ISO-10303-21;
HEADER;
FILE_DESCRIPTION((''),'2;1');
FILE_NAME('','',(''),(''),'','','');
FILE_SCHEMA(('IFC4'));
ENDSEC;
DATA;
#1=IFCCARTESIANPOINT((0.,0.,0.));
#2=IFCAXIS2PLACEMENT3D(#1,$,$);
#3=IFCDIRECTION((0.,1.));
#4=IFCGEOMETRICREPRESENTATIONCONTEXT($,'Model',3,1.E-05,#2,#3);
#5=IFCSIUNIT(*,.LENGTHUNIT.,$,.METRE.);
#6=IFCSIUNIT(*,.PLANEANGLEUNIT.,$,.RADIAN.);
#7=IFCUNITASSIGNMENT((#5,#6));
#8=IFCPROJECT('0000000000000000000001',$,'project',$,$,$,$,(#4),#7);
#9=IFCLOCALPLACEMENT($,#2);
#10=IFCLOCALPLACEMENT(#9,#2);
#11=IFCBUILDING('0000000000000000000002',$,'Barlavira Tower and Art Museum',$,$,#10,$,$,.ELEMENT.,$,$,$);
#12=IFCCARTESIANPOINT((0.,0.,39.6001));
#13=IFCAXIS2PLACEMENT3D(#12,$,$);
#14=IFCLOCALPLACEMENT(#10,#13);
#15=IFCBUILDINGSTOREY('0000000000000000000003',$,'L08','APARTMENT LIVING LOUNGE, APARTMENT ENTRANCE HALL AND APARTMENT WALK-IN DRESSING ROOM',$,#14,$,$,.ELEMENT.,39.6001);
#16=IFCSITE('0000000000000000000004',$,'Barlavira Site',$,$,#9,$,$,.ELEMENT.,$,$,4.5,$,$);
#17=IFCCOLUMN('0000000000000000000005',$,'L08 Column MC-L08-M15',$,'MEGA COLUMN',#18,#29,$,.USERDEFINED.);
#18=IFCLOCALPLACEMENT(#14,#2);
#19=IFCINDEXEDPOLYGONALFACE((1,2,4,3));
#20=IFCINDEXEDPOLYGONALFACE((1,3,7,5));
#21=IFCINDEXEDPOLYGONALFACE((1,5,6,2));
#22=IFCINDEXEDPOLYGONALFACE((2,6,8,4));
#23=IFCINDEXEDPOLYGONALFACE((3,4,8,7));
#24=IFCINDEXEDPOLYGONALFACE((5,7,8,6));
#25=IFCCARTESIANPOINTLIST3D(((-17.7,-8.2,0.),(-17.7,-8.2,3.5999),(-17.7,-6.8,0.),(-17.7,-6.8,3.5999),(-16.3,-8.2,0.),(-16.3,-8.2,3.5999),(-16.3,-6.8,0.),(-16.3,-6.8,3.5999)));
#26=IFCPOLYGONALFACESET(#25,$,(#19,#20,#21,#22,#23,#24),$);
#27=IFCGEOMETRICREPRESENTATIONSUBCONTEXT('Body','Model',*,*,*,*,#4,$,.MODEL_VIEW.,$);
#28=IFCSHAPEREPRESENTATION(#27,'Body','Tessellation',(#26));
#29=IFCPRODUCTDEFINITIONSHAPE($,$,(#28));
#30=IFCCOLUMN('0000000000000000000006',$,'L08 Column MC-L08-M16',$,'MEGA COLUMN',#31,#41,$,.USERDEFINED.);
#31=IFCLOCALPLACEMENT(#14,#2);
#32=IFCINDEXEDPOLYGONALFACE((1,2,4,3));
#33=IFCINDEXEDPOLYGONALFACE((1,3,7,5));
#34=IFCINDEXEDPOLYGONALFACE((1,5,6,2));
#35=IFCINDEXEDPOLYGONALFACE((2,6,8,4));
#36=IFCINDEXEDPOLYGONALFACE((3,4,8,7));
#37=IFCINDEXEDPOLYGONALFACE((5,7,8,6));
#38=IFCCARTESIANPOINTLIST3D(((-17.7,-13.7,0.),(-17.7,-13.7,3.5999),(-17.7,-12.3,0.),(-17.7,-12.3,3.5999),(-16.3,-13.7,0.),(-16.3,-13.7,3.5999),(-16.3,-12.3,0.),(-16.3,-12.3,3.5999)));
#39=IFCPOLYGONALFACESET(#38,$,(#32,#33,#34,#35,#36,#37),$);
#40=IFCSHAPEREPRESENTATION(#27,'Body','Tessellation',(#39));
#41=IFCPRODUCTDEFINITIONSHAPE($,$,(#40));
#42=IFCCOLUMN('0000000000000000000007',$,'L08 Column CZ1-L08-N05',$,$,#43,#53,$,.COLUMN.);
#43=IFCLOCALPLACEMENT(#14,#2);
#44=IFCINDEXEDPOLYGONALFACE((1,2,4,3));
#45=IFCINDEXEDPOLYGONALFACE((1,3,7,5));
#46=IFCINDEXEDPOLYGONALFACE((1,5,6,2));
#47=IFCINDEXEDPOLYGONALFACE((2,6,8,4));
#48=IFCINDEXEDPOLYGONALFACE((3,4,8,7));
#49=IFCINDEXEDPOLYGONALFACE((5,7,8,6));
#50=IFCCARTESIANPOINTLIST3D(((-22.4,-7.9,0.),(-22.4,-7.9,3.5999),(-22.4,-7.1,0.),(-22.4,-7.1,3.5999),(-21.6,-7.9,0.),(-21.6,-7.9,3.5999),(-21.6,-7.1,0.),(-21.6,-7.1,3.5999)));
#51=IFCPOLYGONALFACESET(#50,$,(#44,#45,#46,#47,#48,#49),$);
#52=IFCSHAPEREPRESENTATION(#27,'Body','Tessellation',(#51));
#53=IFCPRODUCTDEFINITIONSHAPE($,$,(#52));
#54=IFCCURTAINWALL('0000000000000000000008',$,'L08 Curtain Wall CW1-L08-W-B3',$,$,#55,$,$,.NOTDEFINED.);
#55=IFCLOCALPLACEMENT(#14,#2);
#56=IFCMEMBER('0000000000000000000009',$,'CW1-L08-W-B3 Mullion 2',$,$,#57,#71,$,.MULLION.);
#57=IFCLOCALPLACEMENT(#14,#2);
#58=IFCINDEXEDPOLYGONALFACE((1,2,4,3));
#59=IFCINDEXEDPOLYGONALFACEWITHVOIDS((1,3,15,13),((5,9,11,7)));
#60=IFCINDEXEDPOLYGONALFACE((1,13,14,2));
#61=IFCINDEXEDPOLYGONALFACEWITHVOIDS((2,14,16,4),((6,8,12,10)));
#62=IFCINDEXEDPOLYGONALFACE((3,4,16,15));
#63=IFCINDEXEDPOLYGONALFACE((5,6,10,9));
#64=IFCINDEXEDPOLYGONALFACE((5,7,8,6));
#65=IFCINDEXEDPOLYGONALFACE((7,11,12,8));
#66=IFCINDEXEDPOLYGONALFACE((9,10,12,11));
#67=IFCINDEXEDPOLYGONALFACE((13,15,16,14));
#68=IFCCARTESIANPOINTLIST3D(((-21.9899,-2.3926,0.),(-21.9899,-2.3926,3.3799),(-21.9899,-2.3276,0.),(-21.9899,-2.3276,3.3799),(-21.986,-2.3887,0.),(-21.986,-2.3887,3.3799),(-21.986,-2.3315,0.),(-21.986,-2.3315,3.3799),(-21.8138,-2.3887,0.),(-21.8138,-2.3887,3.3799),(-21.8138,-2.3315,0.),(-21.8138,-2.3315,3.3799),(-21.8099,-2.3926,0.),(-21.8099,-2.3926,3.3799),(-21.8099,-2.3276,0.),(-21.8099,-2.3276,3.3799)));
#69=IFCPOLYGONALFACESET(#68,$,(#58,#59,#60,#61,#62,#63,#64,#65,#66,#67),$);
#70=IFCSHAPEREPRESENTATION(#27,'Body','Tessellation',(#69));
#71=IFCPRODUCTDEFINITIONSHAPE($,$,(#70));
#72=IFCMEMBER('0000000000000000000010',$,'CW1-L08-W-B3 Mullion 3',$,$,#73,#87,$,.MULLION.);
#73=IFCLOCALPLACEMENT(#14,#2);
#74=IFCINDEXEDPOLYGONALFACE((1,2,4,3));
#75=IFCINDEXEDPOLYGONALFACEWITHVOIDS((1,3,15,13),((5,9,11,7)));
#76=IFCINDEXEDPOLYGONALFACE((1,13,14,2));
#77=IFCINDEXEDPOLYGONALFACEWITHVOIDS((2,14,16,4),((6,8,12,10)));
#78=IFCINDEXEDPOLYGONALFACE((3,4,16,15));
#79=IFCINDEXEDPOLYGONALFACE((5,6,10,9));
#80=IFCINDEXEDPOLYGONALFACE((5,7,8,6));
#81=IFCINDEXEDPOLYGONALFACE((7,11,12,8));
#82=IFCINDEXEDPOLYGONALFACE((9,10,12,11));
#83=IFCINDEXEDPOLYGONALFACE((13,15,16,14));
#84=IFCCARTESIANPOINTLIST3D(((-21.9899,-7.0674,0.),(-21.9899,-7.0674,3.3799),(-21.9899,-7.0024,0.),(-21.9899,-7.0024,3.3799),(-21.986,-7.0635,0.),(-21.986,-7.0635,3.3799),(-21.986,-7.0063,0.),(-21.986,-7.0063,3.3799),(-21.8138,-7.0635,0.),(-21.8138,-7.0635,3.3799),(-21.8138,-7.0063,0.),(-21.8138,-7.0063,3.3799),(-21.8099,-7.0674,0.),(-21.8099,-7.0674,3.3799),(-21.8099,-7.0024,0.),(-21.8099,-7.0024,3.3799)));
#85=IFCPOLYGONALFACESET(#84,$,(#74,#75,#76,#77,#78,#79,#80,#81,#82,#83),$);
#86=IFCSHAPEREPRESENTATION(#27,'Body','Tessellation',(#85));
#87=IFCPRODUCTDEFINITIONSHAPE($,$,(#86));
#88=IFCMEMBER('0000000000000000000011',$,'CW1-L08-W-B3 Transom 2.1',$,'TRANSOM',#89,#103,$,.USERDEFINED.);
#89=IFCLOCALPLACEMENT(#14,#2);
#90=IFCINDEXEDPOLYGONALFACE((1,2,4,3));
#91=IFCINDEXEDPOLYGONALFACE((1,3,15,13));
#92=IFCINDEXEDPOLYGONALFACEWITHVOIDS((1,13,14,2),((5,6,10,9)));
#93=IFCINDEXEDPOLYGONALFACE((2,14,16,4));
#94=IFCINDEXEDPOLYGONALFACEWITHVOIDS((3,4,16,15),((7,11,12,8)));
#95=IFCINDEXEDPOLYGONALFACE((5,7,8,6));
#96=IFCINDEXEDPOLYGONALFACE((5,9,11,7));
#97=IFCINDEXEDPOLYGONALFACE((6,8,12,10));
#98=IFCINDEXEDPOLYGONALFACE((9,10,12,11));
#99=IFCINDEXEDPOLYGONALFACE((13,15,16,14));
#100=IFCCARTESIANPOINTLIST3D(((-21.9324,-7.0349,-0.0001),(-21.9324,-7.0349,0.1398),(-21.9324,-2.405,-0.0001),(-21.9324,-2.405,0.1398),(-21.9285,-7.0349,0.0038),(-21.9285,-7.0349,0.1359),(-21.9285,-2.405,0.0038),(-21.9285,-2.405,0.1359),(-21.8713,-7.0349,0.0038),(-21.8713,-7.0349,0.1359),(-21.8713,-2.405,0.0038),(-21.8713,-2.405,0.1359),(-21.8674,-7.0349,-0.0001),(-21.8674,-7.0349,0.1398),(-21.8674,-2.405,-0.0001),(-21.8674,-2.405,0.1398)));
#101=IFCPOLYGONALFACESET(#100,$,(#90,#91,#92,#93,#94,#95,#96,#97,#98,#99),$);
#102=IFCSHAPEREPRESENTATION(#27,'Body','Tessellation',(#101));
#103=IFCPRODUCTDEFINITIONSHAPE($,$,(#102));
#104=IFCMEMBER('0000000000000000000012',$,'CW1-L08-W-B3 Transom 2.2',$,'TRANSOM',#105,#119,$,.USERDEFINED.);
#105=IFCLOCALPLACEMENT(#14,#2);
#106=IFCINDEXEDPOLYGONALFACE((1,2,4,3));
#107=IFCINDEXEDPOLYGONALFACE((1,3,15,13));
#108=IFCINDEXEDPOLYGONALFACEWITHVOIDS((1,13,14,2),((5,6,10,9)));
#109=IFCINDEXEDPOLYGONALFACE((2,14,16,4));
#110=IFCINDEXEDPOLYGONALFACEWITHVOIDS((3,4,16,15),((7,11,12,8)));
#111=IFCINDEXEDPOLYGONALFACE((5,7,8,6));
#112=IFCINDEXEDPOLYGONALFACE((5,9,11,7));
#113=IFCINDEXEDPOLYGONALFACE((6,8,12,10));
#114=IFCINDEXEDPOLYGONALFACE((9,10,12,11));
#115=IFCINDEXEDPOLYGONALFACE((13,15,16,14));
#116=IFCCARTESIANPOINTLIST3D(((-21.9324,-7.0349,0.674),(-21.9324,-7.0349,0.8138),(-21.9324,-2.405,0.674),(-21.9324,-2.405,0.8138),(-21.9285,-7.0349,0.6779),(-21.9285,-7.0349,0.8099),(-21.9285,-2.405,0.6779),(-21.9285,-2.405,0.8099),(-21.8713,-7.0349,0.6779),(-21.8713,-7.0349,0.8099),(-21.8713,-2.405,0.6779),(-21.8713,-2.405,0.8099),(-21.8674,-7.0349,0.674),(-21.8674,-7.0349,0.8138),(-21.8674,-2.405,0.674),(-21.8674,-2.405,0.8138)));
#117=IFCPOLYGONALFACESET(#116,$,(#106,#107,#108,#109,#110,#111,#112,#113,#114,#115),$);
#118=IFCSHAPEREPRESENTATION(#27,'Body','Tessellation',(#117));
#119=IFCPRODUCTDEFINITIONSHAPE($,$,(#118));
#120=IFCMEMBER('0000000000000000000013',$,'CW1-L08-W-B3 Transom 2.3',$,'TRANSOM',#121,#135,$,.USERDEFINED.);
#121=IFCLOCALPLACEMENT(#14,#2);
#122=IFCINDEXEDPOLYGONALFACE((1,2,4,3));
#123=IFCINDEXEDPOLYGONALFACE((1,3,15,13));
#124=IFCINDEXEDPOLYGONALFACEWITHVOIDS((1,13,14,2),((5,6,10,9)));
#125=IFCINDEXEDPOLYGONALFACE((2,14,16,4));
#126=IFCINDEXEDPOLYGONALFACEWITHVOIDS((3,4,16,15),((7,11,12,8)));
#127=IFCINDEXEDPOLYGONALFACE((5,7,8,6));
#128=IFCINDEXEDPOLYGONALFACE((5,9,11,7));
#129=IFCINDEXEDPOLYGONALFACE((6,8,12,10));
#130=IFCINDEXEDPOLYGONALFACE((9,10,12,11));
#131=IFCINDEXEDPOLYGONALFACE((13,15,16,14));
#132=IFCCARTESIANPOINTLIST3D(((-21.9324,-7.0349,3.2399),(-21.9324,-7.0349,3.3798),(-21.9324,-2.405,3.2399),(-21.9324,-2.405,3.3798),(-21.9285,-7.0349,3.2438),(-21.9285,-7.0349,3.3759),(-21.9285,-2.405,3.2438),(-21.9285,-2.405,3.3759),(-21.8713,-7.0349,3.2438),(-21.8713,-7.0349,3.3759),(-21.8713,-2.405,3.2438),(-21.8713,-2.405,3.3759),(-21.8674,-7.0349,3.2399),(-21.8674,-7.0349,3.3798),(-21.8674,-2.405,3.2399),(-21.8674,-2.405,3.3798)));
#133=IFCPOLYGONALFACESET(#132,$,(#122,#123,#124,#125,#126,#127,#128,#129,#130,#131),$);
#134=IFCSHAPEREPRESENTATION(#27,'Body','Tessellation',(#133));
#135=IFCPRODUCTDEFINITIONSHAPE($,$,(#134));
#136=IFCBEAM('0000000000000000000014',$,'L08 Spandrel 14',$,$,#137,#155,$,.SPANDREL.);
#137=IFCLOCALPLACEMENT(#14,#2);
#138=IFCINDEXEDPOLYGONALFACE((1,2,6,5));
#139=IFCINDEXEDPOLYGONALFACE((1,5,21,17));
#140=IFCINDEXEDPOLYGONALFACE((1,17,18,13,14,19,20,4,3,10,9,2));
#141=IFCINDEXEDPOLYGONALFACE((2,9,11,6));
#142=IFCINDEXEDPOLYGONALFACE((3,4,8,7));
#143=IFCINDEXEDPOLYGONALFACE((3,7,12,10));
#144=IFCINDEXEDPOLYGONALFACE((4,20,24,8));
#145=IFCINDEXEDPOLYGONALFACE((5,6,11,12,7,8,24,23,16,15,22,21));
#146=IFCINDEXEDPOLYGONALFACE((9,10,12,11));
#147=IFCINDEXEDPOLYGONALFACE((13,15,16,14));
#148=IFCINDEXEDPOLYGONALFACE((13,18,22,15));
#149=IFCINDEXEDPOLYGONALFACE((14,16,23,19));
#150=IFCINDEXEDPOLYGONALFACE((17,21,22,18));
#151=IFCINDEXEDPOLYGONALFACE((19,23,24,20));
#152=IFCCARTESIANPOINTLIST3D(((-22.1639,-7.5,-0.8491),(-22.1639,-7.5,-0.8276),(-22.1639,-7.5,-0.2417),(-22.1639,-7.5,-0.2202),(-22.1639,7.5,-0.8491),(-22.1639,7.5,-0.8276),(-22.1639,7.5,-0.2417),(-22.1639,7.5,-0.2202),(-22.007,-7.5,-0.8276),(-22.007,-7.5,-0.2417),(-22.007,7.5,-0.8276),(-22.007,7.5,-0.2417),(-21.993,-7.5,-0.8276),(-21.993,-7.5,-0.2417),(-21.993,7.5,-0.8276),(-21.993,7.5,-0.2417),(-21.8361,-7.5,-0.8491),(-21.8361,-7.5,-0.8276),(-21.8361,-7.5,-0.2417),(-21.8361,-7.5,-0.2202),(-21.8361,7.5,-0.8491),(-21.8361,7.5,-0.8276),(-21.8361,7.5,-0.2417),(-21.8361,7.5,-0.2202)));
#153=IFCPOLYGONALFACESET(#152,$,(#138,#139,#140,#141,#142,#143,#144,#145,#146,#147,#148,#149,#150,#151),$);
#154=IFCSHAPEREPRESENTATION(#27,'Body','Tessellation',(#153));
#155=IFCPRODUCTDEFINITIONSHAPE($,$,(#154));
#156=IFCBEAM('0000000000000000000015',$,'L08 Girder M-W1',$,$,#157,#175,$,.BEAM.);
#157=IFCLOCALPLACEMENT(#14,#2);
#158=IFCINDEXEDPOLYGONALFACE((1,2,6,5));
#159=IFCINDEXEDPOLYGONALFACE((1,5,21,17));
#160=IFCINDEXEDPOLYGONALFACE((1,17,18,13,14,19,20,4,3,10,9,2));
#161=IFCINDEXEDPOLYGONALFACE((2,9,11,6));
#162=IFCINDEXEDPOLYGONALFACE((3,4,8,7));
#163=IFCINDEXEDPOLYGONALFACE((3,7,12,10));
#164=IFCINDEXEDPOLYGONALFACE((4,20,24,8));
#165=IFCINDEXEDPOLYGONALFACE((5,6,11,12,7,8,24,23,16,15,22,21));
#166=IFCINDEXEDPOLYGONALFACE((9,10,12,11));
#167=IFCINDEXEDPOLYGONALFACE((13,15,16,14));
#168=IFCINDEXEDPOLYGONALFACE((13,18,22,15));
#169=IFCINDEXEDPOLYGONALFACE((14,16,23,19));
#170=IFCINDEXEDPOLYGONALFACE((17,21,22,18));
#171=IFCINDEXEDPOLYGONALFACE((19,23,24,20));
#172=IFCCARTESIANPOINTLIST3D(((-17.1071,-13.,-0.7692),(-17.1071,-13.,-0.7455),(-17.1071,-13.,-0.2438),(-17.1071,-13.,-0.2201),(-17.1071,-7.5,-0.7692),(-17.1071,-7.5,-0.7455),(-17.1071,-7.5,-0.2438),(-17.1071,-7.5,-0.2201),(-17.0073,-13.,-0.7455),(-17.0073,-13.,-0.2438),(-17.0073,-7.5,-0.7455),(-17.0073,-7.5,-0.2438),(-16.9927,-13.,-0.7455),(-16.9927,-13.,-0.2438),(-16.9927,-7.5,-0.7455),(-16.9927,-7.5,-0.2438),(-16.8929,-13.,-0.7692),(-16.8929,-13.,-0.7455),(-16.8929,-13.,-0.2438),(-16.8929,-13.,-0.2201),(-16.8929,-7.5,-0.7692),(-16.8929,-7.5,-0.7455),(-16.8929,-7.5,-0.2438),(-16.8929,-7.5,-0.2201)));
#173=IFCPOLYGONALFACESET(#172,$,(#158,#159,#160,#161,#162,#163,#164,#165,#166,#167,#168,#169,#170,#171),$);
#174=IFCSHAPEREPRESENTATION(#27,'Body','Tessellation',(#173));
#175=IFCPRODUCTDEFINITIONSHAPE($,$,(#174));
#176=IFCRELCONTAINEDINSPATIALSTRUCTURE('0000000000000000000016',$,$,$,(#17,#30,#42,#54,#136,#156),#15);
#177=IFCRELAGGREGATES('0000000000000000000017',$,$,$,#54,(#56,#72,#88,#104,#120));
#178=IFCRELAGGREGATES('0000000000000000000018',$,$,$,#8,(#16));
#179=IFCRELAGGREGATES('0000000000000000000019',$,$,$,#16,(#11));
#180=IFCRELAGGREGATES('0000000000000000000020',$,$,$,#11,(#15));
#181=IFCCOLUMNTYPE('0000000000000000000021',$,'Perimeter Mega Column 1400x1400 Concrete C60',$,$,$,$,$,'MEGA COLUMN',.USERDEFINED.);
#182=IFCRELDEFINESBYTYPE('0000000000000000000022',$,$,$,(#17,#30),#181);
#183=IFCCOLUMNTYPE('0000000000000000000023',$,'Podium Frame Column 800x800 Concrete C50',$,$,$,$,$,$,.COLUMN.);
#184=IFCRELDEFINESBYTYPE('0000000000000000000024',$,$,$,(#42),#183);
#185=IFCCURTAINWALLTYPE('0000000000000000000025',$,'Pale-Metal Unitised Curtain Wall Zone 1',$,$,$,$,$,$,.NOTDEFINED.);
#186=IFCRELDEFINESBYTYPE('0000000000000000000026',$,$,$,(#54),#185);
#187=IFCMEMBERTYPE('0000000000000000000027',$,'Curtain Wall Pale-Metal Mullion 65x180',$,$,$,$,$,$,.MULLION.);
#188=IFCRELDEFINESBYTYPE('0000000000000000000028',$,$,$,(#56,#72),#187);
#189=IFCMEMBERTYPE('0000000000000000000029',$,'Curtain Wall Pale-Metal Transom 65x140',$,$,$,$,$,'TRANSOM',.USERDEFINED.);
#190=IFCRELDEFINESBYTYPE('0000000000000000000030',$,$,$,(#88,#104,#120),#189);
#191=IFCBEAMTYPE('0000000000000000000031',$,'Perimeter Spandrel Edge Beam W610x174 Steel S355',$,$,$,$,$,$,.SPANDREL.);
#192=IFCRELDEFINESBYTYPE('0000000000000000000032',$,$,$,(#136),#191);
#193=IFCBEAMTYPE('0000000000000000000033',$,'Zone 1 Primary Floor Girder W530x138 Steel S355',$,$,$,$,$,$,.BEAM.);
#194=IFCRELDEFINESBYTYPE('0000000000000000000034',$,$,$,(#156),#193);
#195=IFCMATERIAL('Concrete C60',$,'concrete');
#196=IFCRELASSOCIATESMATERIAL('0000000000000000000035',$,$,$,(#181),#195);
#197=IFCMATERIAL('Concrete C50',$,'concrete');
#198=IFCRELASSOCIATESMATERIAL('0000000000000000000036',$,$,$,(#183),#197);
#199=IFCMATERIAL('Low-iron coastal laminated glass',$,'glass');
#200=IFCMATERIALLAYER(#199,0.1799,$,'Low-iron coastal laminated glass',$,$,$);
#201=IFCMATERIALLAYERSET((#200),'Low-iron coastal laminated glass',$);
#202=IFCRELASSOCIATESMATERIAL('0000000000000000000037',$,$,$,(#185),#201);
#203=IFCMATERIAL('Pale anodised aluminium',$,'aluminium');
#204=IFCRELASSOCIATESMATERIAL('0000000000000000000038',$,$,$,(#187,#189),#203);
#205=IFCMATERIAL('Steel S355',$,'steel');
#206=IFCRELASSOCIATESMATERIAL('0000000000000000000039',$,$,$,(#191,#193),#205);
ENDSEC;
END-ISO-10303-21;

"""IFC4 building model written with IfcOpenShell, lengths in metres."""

from ifc_helpers import new_model, si_unit, direction, frame, origin, origin_2d, place, context, subcontext, project, spatial, rectangle, hollow_rectangle, i_section, extrude, material, layer, layer_set, material_profile, profile_set, type_object, element, aggregate, save


model = new_model("IFC4")

# Units and contexts
model_context = context("Model", 3, precision=1e-05, world=origin(), true_north=direction((0.0, 1.0)))
body_context = subcontext(model_context, "Body", "Model", "MODEL_VIEW")
ifc_project = project(units=[si_unit("LENGTHUNIT", "METRE"), si_unit("PLANEANGLEUNIT", "RADIAN")], contexts=[model_context])

# Site, building, storey
site_placement = place(None, origin())
site = spatial("IfcSite", under=ifc_project, at=site_placement, Name="Barlavira Site", CompositionType="ELEMENT", RefElevation=4.5)
building_placement = place(site_placement, origin())
building = spatial("IfcBuilding", under=site, at=building_placement, Name="Barlavira Tower and Art Museum", CompositionType="ELEMENT")
storey_placement = place(building_placement, frame((0.0, 0.0, 39.6001)))
storey = spatial("IfcBuildingStorey", under=building, at=storey_placement, Name="L08", Description="APARTMENT LIVING LOUNGE, APARTMENT ENTRANCE HALL AND APARTMENT WALK-IN DRESSING ROOM", CompositionType="ELEMENT", Elevation=39.6001)

# Columns
ifc_material_1 = material(Name="Concrete C60", Category="concrete")
ifc_material_profile_1 = material_profile(ifc_material_1, rectangle(XDim=1.3999, YDim=1.3999, at=origin_2d()), Name="RC-MCOL 1400x1400")
ifc_profile_set_1 = profile_set([ifc_material_profile_1], Name="Concrete C60")
column_type_1 = type_object("IfcColumnType", Name="Perimeter Mega Column 1400x1400 Concrete C60", ElementType="MEGA COLUMN", PredefinedType="USERDEFINED", material=ifc_profile_set_1)
for number, where, z_axis, x_axis, name in (
    (1, (-17.0, -7.5, 0.0), (0.0, 0.0, 1.0), (1.0, 0.0, 0.0), "L08 Column MC-L08-M15"),
    (2, (-17.0, -13.0, 0.0), (0.0, 0.0, 1.0), (1.0, 0.0, 0.0), "L08 Column MC-L08-M16"),
):
    element("IfcColumn", number, at=place(storey_placement, frame(where, z_axis=z_axis, x_axis=x_axis)), inside=storey, type_object=column_type_1, Name=name, ObjectType="MEGA COLUMN", PredefinedType="USERDEFINED", context=body_context, shape_type="SweptSolid", body=[
        extrude(rectangle(XDim=1.3999, YDim=1.3999, at=origin_2d()), origin(), (0.0, 0.0, 1.0), 3.5999),
    ])
ifc_material_2 = material(Name="Concrete C50", Category="concrete")
ifc_material_profile_2 = material_profile(ifc_material_2, rectangle(XDim=0.8, YDim=0.8, at=origin_2d()), Name="RC-COL 800x800")
ifc_profile_set_2 = profile_set([ifc_material_profile_2], Name="Concrete C50")
column_type_2 = type_object("IfcColumnType", Name="Podium Frame Column 800x800 Concrete C50", PredefinedType="COLUMN", material=ifc_profile_set_2)
column_placement = place(storey_placement, frame((-22.0, -7.5, 0.0), z_axis=(0.0, 0.0, 1.0), x_axis=(1.0, 0.0, 0.0)))
element("IfcColumn", 3, at=column_placement, inside=storey, type_object=column_type_2, Name="L08 Column CZ1-L08-N05", PredefinedType="COLUMN", context=body_context, shape_type="SweptSolid", body=[
    extrude(rectangle(XDim=0.8, YDim=0.8, at=origin_2d()), origin(), (0.0, 0.0, 1.0), 3.5999),
])

# Curtain wall, members
ifc_material_3 = material(Name="Low-iron coastal laminated glass", Category="glass")
ifc_layer_1 = layer(ifc_material_3, 0.1799, Name="Low-iron coastal laminated glass")
ifc_layer_set_1 = layer_set([ifc_layer_1], Name="Low-iron coastal laminated glass")
curtain_wall_type = type_object("IfcCurtainWallType", Name="Pale-Metal Unitised Curtain Wall Zone 1", PredefinedType="NOTDEFINED", material=ifc_layer_set_1)
curtain_wall_placement = place(storey_placement, origin())
curtain_wall = element("IfcCurtainWall", 4, at=curtain_wall_placement, inside=storey, type_object=curtain_wall_type, Name="L08 Curtain Wall CW1-L08-W-B3", PredefinedType="NOTDEFINED")
ifc_material_4 = material(Name="Pale anodised aluminium", Category="aluminium")
ifc_material_profile_3 = material_profile(ifc_material_4, hollow_rectangle(XDim=0.0649, YDim=0.1799, WallThickness=0.0039, at=origin_2d()), Name="ALU-MULL 65x180x4")
ifc_profile_set_3 = profile_set([ifc_material_profile_3], Name="Pale anodised aluminium")
member_type_1 = type_object("IfcMemberType", Name="Curtain Wall Pale-Metal Mullion 65x180", PredefinedType="MULLION", material=ifc_profile_set_3)
member_1_placement = place(storey_placement, frame((-21.8999, -2.3601, 0.0), z_axis=(0.0, 0.0, 1.0), x_axis=(0.0, -1.0, 0.0)))
member_1 = element("IfcMember", 5, at=member_1_placement, type_object=member_type_1, Name="CW1-L08-W-B3 Mullion 2", PredefinedType="MULLION", context=body_context, shape_type="SweptSolid", body=[
    extrude(hollow_rectangle(XDim=0.0649, YDim=0.1799, WallThickness=0.0039, at=origin_2d()), origin(), (0.0, 0.0, 1.0), 3.3799),
])
member_2_placement = place(storey_placement, frame((-21.8999, -7.0349, 0.0), z_axis=(0.0, 0.0, 1.0), x_axis=(0.0, -1.0, 0.0)))
member_2 = element("IfcMember", 6, at=member_2_placement, type_object=member_type_1, Name="CW1-L08-W-B3 Mullion 3", PredefinedType="MULLION", context=body_context, shape_type="SweptSolid", body=[
    extrude(hollow_rectangle(XDim=0.0649, YDim=0.1799, WallThickness=0.0039, at=origin_2d()), origin(), (0.0, 0.0, 1.0), 3.3799),
])
ifc_material_profile_4 = material_profile(ifc_material_4, hollow_rectangle(XDim=0.0649, YDim=0.1399, WallThickness=0.0039, at=origin_2d()), Name="ALU-TRAN 65x140x4")
ifc_profile_set_4 = profile_set([ifc_material_profile_4], Name="Pale anodised aluminium")
member_type_2 = type_object("IfcMemberType", Name="Curtain Wall Pale-Metal Transom 65x140", ElementType="TRANSOM", PredefinedType="USERDEFINED", material=ifc_profile_set_4)
member_3_placement = place(storey_placement, frame((-21.8999, -2.405, 0.0698), z_axis=(0.0, -1.0, 0.0), x_axis=(1.0, 0.0, 0.0)))
member_3 = element("IfcMember", 7, at=member_3_placement, type_object=member_type_2, Name="CW1-L08-W-B3 Transom 2.1", ObjectType="TRANSOM", PredefinedType="USERDEFINED", context=body_context, shape_type="SweptSolid", body=[
    extrude(hollow_rectangle(XDim=0.0649, YDim=0.1399, WallThickness=0.0039, at=origin_2d()), origin(), (0.0, 0.0, 1.0), 4.6299),
])
member_4_placement = place(storey_placement, frame((-21.8999, -2.405, 0.7439), z_axis=(0.0, -1.0, 0.0), x_axis=(1.0, 0.0, 0.0)))
member_4 = element("IfcMember", 8, at=member_4_placement, type_object=member_type_2, Name="CW1-L08-W-B3 Transom 2.2", ObjectType="TRANSOM", PredefinedType="USERDEFINED", context=body_context, shape_type="SweptSolid", body=[
    extrude(hollow_rectangle(XDim=0.0649, YDim=0.1399, WallThickness=0.0039, at=origin_2d()), origin(), (0.0, 0.0, 1.0), 4.6299),
])
member_5_placement = place(storey_placement, frame((-21.8999, -2.405, 3.3098), z_axis=(0.0, -1.0, 0.0), x_axis=(1.0, 0.0, 0.0)))
member_5 = element("IfcMember", 9, at=member_5_placement, type_object=member_type_2, Name="CW1-L08-W-B3 Transom 2.3", ObjectType="TRANSOM", PredefinedType="USERDEFINED", context=body_context, shape_type="SweptSolid", body=[
    extrude(hollow_rectangle(XDim=0.0649, YDim=0.1399, WallThickness=0.0039, at=origin_2d()), origin(), (0.0, 0.0, 1.0), 4.6299),
])

# Beams
ifc_material_5 = material(Name="Steel S355", Category="steel")
ifc_material_profile_5 = material_profile(ifc_material_5, i_section(OverallWidth=0.3279, OverallDepth=0.6289, WebThickness=0.0139, FlangeThickness=0.0215, at=origin_2d()), Name="W610x174.0")
ifc_profile_set_5 = profile_set([ifc_material_profile_5], Name="Steel S355")
beam_type_1 = type_object("IfcBeamType", Name="Perimeter Spandrel Edge Beam W610x174 Steel S355", PredefinedType="SPANDREL", material=ifc_profile_set_5)
beam_1_placement = place(storey_placement, frame((-22.0, -7.5, -0.5347), z_axis=(0.0, 1.0, 0.0), x_axis=(-1.0, 0.0, 0.0)))
element("IfcBeam", 10, at=beam_1_placement, inside=storey, type_object=beam_type_1, Name="L08 Spandrel 14", PredefinedType="SPANDREL", context=body_context, shape_type="SweptSolid", body=[
    extrude(i_section(OverallWidth=0.3279, OverallDepth=0.6289, WebThickness=0.0139, FlangeThickness=0.0215, at=origin_2d()), origin(), (0.0, 0.0, 1.0), 15.0),
])
ifc_material_profile_6 = material_profile(ifc_material_5, i_section(OverallWidth=0.2141, OverallDepth=0.5491, WebThickness=0.0146, FlangeThickness=0.0237, at=origin_2d()), Name="W530x138.0")
ifc_profile_set_6 = profile_set([ifc_material_profile_6], Name="Steel S355")
beam_type_2 = type_object("IfcBeamType", Name="Zone 1 Primary Floor Girder W530x138 Steel S355", PredefinedType="BEAM", material=ifc_profile_set_6)
beam_2_placement = place(storey_placement, frame((-17.0, -13.0, -0.4946), z_axis=(0.0, 1.0, 0.0), x_axis=(-1.0, 0.0, 0.0)))
element("IfcBeam", 11, at=beam_2_placement, inside=storey, type_object=beam_type_2, Name="L08 Girder M-W1", PredefinedType="BEAM", context=body_context, shape_type="SweptSolid", body=[
    extrude(i_section(OverallWidth=0.2141, OverallDepth=0.5491, WebThickness=0.0146, FlangeThickness=0.0237, at=origin_2d()), origin(), (0.0, 0.0, 1.0), 5.5),
])

aggregate(curtain_wall, [member_1, member_2, member_3, member_4, member_5])

save(model, "model.ifc")
